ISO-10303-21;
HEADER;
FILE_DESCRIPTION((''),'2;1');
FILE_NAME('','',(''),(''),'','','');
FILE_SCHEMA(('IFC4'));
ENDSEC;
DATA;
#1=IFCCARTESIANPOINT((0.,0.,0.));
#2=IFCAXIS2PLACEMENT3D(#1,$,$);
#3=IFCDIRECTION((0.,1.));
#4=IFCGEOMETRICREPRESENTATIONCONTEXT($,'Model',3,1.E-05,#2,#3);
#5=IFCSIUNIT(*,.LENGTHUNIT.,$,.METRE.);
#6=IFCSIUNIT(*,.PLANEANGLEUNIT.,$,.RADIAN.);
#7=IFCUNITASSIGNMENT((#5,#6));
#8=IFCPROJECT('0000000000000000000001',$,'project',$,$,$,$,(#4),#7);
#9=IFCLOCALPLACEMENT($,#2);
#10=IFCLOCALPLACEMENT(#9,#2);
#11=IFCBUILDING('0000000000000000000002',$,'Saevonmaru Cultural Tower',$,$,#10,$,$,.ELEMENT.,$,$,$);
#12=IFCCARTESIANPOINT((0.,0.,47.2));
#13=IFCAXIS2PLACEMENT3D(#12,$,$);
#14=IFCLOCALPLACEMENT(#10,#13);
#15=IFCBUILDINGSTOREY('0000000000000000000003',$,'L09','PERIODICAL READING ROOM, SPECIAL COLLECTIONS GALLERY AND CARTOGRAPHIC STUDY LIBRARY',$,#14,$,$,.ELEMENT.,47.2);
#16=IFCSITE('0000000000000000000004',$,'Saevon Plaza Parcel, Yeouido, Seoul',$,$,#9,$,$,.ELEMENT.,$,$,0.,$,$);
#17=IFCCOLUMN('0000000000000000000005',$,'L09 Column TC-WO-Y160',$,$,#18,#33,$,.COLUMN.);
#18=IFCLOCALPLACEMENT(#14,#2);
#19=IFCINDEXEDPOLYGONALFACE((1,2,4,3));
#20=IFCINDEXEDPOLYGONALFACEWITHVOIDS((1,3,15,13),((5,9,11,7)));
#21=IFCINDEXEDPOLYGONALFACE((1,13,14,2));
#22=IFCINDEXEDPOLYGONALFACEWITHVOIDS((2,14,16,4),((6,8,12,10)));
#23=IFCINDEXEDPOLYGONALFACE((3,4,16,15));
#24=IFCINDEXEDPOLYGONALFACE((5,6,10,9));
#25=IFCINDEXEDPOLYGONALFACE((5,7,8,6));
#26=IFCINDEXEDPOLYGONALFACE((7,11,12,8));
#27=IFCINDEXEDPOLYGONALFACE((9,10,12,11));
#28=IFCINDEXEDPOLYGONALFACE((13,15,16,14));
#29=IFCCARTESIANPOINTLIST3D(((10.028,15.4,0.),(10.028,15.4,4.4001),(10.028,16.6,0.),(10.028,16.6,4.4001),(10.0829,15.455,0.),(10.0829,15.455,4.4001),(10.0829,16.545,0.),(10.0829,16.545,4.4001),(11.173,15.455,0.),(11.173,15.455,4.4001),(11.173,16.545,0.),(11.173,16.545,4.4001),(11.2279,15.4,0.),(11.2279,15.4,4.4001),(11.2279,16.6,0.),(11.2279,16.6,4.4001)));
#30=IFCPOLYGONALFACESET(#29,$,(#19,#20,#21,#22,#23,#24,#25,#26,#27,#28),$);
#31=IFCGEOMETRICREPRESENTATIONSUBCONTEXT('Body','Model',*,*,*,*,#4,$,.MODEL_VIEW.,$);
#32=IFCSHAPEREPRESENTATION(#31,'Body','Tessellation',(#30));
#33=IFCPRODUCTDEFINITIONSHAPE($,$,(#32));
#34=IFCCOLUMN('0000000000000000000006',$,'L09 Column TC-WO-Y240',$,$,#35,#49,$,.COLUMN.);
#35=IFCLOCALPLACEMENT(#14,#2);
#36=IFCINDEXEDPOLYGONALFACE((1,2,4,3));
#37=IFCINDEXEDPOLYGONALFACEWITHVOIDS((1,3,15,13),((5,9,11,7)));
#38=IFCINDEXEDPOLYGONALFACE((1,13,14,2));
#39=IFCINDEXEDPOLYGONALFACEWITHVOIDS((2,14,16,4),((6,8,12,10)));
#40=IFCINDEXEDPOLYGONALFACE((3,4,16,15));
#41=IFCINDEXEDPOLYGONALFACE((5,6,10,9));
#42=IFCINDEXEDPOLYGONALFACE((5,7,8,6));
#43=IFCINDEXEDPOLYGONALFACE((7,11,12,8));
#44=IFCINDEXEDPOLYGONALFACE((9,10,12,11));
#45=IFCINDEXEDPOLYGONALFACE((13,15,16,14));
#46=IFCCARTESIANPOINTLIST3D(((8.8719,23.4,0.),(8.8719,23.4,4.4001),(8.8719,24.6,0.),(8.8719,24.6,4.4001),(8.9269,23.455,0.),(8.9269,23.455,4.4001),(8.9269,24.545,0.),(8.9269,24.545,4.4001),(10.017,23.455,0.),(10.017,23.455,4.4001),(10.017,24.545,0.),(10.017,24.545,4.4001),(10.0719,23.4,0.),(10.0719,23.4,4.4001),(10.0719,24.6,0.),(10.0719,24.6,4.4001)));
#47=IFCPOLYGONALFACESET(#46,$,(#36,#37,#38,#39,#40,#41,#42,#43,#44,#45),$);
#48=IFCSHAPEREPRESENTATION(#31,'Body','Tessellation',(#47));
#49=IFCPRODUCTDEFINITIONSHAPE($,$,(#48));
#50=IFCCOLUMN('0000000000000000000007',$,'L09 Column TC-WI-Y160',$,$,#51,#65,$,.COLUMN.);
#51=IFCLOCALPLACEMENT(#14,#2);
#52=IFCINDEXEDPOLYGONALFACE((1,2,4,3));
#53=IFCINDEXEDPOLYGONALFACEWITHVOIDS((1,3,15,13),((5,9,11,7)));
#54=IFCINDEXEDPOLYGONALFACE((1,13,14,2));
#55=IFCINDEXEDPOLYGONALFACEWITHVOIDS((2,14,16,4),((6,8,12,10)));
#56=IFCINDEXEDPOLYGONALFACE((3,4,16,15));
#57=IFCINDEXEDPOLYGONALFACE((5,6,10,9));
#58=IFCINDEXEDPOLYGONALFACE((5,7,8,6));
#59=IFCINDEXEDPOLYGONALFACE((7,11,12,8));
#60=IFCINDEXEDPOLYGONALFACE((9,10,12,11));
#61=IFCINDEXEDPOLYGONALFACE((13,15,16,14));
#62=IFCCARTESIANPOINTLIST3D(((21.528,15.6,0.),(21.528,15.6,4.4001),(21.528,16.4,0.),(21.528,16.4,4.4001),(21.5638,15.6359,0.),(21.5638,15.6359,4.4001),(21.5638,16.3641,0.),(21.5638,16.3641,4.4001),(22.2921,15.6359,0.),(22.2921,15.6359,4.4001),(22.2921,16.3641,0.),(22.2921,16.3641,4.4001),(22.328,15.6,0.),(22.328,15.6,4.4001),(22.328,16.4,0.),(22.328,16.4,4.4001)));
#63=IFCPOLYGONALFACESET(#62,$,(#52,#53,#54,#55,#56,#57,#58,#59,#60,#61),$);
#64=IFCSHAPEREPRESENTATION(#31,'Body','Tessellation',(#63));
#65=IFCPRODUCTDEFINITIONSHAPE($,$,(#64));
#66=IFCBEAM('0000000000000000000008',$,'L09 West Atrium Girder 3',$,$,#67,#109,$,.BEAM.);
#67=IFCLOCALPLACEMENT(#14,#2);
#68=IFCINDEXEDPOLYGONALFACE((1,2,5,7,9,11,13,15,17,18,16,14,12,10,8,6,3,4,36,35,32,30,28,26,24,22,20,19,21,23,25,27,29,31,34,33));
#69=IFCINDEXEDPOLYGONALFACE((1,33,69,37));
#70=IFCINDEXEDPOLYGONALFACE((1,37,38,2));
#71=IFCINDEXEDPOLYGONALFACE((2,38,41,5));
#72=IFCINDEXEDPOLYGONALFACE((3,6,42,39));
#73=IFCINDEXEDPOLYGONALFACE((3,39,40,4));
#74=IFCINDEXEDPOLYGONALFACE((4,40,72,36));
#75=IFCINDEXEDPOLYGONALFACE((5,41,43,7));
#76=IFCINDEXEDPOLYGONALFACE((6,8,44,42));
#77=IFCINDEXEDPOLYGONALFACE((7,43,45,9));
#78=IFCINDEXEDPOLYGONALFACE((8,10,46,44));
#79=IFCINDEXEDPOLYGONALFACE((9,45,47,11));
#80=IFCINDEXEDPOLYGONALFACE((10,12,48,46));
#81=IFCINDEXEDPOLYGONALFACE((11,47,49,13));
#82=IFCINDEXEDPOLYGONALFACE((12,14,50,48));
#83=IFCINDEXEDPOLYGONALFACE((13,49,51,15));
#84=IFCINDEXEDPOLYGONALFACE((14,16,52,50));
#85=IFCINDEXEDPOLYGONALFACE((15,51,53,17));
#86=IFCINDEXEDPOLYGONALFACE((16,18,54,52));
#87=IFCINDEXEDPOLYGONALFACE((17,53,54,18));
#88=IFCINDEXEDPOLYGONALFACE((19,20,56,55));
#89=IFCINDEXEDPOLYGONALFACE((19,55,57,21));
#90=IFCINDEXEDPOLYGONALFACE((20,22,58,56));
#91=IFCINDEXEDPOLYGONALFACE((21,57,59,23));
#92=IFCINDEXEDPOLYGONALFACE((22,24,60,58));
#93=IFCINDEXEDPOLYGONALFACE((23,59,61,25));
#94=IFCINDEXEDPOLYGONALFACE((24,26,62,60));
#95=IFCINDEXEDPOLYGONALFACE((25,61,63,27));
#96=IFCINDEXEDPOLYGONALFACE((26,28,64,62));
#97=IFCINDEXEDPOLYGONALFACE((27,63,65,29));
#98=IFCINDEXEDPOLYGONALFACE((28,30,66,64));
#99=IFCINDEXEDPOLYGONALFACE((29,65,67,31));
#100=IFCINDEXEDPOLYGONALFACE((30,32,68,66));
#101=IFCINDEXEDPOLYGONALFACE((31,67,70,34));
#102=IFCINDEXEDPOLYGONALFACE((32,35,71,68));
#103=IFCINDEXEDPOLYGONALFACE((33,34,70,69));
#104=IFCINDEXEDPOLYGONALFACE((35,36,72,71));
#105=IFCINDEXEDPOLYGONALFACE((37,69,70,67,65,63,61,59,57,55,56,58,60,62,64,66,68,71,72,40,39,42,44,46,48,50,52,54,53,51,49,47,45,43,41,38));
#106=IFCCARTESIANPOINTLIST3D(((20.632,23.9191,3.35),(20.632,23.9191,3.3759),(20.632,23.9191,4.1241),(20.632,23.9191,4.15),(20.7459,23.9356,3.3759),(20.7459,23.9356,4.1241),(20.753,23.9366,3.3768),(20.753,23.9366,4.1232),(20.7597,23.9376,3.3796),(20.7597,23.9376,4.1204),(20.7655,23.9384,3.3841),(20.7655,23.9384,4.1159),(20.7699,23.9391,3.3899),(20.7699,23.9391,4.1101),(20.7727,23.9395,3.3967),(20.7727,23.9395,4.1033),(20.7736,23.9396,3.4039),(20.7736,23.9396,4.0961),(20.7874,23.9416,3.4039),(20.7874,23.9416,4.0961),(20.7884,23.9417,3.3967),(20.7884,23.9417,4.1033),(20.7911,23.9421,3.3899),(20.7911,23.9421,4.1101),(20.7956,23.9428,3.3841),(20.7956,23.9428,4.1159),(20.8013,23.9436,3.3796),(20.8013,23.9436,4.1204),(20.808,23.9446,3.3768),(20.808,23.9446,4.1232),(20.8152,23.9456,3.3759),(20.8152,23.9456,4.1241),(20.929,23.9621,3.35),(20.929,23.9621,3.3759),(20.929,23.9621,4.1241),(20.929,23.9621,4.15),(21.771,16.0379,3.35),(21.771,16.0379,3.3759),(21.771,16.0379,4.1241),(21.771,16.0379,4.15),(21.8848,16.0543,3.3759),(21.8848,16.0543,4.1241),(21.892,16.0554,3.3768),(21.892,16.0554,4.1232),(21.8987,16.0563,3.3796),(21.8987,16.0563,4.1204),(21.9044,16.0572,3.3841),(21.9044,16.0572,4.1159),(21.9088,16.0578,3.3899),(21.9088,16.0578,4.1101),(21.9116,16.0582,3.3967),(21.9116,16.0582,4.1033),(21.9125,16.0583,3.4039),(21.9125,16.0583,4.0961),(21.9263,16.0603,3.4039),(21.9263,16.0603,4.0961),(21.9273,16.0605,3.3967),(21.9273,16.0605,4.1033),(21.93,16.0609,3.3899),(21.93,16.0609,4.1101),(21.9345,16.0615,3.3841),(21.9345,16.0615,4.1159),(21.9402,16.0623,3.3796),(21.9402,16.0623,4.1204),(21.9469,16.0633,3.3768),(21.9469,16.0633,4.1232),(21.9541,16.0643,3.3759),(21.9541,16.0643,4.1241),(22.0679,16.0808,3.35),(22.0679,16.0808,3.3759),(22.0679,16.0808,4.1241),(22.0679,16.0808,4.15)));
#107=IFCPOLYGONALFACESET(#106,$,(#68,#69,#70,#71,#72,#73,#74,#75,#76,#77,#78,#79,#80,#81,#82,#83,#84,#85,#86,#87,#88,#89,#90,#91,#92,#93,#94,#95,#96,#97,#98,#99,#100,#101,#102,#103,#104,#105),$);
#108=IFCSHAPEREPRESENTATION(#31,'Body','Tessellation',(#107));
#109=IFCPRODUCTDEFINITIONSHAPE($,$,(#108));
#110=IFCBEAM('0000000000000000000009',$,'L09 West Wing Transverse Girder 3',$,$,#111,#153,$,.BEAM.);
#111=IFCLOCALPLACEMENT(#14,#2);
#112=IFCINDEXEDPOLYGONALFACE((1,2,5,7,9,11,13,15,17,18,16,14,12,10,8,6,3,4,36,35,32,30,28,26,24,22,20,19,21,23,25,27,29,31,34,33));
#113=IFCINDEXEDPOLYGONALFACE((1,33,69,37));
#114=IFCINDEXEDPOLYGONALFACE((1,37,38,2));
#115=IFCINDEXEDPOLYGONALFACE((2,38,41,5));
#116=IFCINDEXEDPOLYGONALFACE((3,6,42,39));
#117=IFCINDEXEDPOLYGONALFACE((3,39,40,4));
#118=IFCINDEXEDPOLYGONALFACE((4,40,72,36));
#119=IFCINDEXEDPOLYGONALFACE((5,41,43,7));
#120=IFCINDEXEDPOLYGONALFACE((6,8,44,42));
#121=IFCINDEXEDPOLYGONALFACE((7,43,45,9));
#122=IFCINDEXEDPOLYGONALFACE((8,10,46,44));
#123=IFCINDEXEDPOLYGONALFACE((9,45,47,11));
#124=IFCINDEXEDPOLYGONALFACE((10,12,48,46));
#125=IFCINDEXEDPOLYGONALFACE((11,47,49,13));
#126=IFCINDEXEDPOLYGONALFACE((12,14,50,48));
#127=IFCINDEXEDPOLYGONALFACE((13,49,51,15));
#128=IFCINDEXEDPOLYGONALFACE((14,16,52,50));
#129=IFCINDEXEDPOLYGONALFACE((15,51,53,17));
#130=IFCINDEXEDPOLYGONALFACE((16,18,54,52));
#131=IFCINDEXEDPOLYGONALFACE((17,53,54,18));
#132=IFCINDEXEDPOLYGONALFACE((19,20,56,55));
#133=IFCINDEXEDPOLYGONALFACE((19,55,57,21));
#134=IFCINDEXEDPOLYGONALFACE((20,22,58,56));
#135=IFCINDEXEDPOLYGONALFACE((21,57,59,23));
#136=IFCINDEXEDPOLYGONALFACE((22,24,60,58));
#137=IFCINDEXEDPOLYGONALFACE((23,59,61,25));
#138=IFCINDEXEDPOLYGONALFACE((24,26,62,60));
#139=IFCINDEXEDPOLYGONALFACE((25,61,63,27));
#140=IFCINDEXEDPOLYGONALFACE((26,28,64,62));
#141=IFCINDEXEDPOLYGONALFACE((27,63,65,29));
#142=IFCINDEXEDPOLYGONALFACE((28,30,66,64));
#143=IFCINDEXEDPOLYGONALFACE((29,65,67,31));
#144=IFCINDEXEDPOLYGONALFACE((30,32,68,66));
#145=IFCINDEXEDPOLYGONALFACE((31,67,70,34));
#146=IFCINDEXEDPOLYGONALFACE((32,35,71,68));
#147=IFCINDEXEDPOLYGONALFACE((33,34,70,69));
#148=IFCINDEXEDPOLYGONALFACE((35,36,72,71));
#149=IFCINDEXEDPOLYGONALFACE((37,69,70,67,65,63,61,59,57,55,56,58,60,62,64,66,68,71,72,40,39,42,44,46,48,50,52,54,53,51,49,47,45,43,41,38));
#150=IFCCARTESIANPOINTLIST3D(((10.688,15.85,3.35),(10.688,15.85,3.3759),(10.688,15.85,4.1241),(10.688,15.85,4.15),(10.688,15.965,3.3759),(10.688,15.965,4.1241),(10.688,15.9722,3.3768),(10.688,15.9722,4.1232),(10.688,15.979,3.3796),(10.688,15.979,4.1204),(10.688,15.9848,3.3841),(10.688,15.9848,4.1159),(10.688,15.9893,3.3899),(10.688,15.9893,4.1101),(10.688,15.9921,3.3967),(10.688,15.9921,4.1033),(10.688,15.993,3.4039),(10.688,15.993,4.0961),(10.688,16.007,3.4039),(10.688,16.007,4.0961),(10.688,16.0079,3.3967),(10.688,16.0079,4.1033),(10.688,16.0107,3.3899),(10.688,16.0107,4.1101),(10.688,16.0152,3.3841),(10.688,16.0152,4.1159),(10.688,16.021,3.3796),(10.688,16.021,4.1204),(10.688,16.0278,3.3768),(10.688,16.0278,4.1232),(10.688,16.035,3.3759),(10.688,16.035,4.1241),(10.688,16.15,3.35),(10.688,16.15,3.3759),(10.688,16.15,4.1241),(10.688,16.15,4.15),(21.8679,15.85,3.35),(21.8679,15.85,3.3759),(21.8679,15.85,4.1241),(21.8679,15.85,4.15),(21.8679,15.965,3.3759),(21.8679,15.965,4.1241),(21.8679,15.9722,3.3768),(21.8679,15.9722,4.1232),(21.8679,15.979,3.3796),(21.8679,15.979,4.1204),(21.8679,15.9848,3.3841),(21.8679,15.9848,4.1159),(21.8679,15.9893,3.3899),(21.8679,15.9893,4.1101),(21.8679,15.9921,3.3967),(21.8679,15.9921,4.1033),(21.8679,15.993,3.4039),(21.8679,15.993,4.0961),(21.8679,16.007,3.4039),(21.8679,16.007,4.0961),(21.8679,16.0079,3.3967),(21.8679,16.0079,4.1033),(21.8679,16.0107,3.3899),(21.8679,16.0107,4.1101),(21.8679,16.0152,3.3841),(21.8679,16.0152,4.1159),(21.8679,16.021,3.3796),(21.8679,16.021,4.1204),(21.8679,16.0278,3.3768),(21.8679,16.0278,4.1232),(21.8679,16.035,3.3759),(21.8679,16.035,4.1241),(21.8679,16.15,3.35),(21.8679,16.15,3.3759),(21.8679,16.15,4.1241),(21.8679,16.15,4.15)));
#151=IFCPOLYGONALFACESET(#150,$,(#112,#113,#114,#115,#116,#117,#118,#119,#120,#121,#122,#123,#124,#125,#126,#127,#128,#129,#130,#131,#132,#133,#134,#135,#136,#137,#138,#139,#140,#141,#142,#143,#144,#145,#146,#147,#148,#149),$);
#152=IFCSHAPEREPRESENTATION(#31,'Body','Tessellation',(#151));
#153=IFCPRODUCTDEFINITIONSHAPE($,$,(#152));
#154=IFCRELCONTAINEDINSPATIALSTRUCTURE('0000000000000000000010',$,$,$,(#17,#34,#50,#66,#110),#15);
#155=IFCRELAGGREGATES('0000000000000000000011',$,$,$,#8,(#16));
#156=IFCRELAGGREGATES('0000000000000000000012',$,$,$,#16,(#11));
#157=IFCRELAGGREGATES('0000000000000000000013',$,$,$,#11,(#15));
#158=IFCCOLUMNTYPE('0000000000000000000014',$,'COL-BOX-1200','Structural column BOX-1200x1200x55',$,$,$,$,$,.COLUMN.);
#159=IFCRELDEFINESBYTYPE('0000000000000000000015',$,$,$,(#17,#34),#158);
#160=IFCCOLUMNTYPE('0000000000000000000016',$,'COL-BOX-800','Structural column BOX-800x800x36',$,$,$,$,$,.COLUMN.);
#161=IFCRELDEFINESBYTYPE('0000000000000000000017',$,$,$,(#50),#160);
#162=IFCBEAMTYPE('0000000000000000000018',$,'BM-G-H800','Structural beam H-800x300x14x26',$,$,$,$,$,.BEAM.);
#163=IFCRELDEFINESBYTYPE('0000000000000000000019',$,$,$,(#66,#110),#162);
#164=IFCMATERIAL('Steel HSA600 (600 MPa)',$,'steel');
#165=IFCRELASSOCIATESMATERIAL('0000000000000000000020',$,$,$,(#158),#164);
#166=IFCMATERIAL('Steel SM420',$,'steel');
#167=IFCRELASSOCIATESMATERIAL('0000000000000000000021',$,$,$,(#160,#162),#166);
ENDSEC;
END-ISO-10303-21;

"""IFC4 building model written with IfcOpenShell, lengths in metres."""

from ifc_helpers import new_model, si_unit, direction, frame, origin, origin_2d, place, context, subcontext, project, spatial, hollow_rectangle, i_section, extrude, material, material_profile, profile_set, type_object, element, save


model = new_model("IFC4")

# Units and contexts
model_context = context("Model", 3, precision=1e-05, world=origin(), true_north=direction((0.0, 1.0)))
body_context = subcontext(model_context, "Body", "Model", "MODEL_VIEW")
ifc_project = project(units=[si_unit("LENGTHUNIT", "METRE"), si_unit("PLANEANGLEUNIT", "RADIAN")], contexts=[model_context])

# Site, building, storey
site_placement = place(None, origin())
site = spatial("IfcSite", under=ifc_project, at=site_placement, Name="Saevon Plaza Parcel, Yeouido, Seoul", CompositionType="ELEMENT", RefElevation=0.0)
building_placement = place(site_placement, origin())
building = spatial("IfcBuilding", under=site, at=building_placement, Name="Saevonmaru Cultural Tower", CompositionType="ELEMENT")
storey_placement = place(building_placement, frame((0.0, 0.0, 47.2)))
storey = spatial("IfcBuildingStorey", under=building, at=storey_placement, Name="L09", Description="PERIODICAL READING ROOM, SPECIAL COLLECTIONS GALLERY AND CARTOGRAPHIC STUDY LIBRARY", CompositionType="ELEMENT", Elevation=47.2)

# Columns
ifc_material_1 = material(Name="Steel HSA600 (600 MPa)", Category="steel")
ifc_material_profile_1 = material_profile(ifc_material_1, hollow_rectangle(XDim=1.2, YDim=1.2, WallThickness=0.0549, at=origin_2d()), Name="BOX-1200x1200x55")
ifc_profile_set_1 = profile_set([ifc_material_profile_1], Name="Steel HSA600 (600 MPa)")
column_type_1 = type_object("IfcColumnType", Name="COL-BOX-1200", Description="Structural column BOX-1200x1200x55", PredefinedType="COLUMN", material=ifc_profile_set_1)
for number, where, z_axis, x_axis, name in (
    (1, (10.6279, 16.0, 0.0), (0.0, 0.0, 1.0), (1.0, 0.0, 0.0), "L09 Column TC-WO-Y160"),
    (2, (9.4719, 24.0, 0.0), (0.0, 0.0, 1.0), (1.0, 0.0, 0.0), "L09 Column TC-WO-Y240"),
):
    element("IfcColumn", number, at=place(storey_placement, frame(where, z_axis=z_axis, x_axis=x_axis)), inside=storey, type_object=column_type_1, Name=name, PredefinedType="COLUMN", context=body_context, shape_type="SweptSolid", body=[
        extrude(hollow_rectangle(XDim=1.2, YDim=1.2, WallThickness=0.0549, at=origin_2d()), origin(), (0.0, 0.0, 1.0), 4.4001),
    ])
ifc_material_2 = material(Name="Steel SM420", Category="steel")
ifc_material_profile_2 = material_profile(ifc_material_2, hollow_rectangle(XDim=0.8, YDim=0.8, WallThickness=0.0359, at=origin_2d()), Name="BOX-800x800x36")
ifc_profile_set_2 = profile_set([ifc_material_profile_2], Name="Steel SM420")
column_type_2 = type_object("IfcColumnType", Name="COL-BOX-800", Description="Structural column BOX-800x800x36", PredefinedType="COLUMN", material=ifc_profile_set_2)
column_placement = place(storey_placement, frame((21.928, 16.0, 0.0), z_axis=(0.0, 0.0, 1.0), x_axis=(1.0, 0.0, 0.0)))
element("IfcColumn", 3, at=column_placement, inside=storey, type_object=column_type_2, Name="L09 Column TC-WI-Y160", PredefinedType="COLUMN", context=body_context, shape_type="SweptSolid", body=[
    extrude(hollow_rectangle(XDim=0.8, YDim=0.8, WallThickness=0.0359, at=origin_2d()), origin(), (0.0, 0.0, 1.0), 4.4001),
])

# Beams
ifc_material_profile_3 = material_profile(ifc_material_2, i_section(OverallWidth=0.3, OverallDepth=0.8, WebThickness=0.0139, FlangeThickness=0.0259, FilletRadius=0.0281, at=origin_2d()), Name="H-800x300x14x26")
ifc_profile_set_3 = profile_set([ifc_material_profile_3], Name="Steel SM420")
beam_type_1 = type_object("IfcBeamType", Name="BM-G-H800", Description="Structural beam H-800x300x14x26", PredefinedType="BEAM", material=ifc_profile_set_3)
beam_1_placement = place(storey_placement, frame((21.9194, 16.0593, 3.75), z_axis=(-0.143022, 0.989719, 0.0), x_axis=(-0.989719, -0.143022, 0.0)))
element("IfcBeam", 4, at=beam_1_placement, inside=storey, type_object=beam_type_1, Name="L09 West Atrium Girder 3", PredefinedType="BEAM", context=body_context, shape_type="SweptSolid", body=[
    extrude(i_section(OverallWidth=0.3, OverallDepth=0.8, WebThickness=0.0139, FlangeThickness=0.0259, FilletRadius=0.0281, at=origin_2d()), origin(), (0.0, 0.0, 1.0), 7.9631),
])
beam_2_placement = place(storey_placement, frame((10.688, 16.0, 3.75), z_axis=(1.0, 0.0, 0.0), x_axis=(0.0, 1.0, 0.0)))
element("IfcBeam", 5, at=beam_2_placement, inside=storey, type_object=beam_type_1, Name="L09 West Wing Transverse Girder 3", PredefinedType="BEAM", context=body_context, shape_type="SweptSolid", body=[
    extrude(i_section(OverallWidth=0.3, OverallDepth=0.8, WebThickness=0.0139, FlangeThickness=0.0259, FilletRadius=0.0281, at=origin_2d()), origin(), (0.0, 0.0, 1.0), 11.1799),
])

save(model, "model.ifc")
